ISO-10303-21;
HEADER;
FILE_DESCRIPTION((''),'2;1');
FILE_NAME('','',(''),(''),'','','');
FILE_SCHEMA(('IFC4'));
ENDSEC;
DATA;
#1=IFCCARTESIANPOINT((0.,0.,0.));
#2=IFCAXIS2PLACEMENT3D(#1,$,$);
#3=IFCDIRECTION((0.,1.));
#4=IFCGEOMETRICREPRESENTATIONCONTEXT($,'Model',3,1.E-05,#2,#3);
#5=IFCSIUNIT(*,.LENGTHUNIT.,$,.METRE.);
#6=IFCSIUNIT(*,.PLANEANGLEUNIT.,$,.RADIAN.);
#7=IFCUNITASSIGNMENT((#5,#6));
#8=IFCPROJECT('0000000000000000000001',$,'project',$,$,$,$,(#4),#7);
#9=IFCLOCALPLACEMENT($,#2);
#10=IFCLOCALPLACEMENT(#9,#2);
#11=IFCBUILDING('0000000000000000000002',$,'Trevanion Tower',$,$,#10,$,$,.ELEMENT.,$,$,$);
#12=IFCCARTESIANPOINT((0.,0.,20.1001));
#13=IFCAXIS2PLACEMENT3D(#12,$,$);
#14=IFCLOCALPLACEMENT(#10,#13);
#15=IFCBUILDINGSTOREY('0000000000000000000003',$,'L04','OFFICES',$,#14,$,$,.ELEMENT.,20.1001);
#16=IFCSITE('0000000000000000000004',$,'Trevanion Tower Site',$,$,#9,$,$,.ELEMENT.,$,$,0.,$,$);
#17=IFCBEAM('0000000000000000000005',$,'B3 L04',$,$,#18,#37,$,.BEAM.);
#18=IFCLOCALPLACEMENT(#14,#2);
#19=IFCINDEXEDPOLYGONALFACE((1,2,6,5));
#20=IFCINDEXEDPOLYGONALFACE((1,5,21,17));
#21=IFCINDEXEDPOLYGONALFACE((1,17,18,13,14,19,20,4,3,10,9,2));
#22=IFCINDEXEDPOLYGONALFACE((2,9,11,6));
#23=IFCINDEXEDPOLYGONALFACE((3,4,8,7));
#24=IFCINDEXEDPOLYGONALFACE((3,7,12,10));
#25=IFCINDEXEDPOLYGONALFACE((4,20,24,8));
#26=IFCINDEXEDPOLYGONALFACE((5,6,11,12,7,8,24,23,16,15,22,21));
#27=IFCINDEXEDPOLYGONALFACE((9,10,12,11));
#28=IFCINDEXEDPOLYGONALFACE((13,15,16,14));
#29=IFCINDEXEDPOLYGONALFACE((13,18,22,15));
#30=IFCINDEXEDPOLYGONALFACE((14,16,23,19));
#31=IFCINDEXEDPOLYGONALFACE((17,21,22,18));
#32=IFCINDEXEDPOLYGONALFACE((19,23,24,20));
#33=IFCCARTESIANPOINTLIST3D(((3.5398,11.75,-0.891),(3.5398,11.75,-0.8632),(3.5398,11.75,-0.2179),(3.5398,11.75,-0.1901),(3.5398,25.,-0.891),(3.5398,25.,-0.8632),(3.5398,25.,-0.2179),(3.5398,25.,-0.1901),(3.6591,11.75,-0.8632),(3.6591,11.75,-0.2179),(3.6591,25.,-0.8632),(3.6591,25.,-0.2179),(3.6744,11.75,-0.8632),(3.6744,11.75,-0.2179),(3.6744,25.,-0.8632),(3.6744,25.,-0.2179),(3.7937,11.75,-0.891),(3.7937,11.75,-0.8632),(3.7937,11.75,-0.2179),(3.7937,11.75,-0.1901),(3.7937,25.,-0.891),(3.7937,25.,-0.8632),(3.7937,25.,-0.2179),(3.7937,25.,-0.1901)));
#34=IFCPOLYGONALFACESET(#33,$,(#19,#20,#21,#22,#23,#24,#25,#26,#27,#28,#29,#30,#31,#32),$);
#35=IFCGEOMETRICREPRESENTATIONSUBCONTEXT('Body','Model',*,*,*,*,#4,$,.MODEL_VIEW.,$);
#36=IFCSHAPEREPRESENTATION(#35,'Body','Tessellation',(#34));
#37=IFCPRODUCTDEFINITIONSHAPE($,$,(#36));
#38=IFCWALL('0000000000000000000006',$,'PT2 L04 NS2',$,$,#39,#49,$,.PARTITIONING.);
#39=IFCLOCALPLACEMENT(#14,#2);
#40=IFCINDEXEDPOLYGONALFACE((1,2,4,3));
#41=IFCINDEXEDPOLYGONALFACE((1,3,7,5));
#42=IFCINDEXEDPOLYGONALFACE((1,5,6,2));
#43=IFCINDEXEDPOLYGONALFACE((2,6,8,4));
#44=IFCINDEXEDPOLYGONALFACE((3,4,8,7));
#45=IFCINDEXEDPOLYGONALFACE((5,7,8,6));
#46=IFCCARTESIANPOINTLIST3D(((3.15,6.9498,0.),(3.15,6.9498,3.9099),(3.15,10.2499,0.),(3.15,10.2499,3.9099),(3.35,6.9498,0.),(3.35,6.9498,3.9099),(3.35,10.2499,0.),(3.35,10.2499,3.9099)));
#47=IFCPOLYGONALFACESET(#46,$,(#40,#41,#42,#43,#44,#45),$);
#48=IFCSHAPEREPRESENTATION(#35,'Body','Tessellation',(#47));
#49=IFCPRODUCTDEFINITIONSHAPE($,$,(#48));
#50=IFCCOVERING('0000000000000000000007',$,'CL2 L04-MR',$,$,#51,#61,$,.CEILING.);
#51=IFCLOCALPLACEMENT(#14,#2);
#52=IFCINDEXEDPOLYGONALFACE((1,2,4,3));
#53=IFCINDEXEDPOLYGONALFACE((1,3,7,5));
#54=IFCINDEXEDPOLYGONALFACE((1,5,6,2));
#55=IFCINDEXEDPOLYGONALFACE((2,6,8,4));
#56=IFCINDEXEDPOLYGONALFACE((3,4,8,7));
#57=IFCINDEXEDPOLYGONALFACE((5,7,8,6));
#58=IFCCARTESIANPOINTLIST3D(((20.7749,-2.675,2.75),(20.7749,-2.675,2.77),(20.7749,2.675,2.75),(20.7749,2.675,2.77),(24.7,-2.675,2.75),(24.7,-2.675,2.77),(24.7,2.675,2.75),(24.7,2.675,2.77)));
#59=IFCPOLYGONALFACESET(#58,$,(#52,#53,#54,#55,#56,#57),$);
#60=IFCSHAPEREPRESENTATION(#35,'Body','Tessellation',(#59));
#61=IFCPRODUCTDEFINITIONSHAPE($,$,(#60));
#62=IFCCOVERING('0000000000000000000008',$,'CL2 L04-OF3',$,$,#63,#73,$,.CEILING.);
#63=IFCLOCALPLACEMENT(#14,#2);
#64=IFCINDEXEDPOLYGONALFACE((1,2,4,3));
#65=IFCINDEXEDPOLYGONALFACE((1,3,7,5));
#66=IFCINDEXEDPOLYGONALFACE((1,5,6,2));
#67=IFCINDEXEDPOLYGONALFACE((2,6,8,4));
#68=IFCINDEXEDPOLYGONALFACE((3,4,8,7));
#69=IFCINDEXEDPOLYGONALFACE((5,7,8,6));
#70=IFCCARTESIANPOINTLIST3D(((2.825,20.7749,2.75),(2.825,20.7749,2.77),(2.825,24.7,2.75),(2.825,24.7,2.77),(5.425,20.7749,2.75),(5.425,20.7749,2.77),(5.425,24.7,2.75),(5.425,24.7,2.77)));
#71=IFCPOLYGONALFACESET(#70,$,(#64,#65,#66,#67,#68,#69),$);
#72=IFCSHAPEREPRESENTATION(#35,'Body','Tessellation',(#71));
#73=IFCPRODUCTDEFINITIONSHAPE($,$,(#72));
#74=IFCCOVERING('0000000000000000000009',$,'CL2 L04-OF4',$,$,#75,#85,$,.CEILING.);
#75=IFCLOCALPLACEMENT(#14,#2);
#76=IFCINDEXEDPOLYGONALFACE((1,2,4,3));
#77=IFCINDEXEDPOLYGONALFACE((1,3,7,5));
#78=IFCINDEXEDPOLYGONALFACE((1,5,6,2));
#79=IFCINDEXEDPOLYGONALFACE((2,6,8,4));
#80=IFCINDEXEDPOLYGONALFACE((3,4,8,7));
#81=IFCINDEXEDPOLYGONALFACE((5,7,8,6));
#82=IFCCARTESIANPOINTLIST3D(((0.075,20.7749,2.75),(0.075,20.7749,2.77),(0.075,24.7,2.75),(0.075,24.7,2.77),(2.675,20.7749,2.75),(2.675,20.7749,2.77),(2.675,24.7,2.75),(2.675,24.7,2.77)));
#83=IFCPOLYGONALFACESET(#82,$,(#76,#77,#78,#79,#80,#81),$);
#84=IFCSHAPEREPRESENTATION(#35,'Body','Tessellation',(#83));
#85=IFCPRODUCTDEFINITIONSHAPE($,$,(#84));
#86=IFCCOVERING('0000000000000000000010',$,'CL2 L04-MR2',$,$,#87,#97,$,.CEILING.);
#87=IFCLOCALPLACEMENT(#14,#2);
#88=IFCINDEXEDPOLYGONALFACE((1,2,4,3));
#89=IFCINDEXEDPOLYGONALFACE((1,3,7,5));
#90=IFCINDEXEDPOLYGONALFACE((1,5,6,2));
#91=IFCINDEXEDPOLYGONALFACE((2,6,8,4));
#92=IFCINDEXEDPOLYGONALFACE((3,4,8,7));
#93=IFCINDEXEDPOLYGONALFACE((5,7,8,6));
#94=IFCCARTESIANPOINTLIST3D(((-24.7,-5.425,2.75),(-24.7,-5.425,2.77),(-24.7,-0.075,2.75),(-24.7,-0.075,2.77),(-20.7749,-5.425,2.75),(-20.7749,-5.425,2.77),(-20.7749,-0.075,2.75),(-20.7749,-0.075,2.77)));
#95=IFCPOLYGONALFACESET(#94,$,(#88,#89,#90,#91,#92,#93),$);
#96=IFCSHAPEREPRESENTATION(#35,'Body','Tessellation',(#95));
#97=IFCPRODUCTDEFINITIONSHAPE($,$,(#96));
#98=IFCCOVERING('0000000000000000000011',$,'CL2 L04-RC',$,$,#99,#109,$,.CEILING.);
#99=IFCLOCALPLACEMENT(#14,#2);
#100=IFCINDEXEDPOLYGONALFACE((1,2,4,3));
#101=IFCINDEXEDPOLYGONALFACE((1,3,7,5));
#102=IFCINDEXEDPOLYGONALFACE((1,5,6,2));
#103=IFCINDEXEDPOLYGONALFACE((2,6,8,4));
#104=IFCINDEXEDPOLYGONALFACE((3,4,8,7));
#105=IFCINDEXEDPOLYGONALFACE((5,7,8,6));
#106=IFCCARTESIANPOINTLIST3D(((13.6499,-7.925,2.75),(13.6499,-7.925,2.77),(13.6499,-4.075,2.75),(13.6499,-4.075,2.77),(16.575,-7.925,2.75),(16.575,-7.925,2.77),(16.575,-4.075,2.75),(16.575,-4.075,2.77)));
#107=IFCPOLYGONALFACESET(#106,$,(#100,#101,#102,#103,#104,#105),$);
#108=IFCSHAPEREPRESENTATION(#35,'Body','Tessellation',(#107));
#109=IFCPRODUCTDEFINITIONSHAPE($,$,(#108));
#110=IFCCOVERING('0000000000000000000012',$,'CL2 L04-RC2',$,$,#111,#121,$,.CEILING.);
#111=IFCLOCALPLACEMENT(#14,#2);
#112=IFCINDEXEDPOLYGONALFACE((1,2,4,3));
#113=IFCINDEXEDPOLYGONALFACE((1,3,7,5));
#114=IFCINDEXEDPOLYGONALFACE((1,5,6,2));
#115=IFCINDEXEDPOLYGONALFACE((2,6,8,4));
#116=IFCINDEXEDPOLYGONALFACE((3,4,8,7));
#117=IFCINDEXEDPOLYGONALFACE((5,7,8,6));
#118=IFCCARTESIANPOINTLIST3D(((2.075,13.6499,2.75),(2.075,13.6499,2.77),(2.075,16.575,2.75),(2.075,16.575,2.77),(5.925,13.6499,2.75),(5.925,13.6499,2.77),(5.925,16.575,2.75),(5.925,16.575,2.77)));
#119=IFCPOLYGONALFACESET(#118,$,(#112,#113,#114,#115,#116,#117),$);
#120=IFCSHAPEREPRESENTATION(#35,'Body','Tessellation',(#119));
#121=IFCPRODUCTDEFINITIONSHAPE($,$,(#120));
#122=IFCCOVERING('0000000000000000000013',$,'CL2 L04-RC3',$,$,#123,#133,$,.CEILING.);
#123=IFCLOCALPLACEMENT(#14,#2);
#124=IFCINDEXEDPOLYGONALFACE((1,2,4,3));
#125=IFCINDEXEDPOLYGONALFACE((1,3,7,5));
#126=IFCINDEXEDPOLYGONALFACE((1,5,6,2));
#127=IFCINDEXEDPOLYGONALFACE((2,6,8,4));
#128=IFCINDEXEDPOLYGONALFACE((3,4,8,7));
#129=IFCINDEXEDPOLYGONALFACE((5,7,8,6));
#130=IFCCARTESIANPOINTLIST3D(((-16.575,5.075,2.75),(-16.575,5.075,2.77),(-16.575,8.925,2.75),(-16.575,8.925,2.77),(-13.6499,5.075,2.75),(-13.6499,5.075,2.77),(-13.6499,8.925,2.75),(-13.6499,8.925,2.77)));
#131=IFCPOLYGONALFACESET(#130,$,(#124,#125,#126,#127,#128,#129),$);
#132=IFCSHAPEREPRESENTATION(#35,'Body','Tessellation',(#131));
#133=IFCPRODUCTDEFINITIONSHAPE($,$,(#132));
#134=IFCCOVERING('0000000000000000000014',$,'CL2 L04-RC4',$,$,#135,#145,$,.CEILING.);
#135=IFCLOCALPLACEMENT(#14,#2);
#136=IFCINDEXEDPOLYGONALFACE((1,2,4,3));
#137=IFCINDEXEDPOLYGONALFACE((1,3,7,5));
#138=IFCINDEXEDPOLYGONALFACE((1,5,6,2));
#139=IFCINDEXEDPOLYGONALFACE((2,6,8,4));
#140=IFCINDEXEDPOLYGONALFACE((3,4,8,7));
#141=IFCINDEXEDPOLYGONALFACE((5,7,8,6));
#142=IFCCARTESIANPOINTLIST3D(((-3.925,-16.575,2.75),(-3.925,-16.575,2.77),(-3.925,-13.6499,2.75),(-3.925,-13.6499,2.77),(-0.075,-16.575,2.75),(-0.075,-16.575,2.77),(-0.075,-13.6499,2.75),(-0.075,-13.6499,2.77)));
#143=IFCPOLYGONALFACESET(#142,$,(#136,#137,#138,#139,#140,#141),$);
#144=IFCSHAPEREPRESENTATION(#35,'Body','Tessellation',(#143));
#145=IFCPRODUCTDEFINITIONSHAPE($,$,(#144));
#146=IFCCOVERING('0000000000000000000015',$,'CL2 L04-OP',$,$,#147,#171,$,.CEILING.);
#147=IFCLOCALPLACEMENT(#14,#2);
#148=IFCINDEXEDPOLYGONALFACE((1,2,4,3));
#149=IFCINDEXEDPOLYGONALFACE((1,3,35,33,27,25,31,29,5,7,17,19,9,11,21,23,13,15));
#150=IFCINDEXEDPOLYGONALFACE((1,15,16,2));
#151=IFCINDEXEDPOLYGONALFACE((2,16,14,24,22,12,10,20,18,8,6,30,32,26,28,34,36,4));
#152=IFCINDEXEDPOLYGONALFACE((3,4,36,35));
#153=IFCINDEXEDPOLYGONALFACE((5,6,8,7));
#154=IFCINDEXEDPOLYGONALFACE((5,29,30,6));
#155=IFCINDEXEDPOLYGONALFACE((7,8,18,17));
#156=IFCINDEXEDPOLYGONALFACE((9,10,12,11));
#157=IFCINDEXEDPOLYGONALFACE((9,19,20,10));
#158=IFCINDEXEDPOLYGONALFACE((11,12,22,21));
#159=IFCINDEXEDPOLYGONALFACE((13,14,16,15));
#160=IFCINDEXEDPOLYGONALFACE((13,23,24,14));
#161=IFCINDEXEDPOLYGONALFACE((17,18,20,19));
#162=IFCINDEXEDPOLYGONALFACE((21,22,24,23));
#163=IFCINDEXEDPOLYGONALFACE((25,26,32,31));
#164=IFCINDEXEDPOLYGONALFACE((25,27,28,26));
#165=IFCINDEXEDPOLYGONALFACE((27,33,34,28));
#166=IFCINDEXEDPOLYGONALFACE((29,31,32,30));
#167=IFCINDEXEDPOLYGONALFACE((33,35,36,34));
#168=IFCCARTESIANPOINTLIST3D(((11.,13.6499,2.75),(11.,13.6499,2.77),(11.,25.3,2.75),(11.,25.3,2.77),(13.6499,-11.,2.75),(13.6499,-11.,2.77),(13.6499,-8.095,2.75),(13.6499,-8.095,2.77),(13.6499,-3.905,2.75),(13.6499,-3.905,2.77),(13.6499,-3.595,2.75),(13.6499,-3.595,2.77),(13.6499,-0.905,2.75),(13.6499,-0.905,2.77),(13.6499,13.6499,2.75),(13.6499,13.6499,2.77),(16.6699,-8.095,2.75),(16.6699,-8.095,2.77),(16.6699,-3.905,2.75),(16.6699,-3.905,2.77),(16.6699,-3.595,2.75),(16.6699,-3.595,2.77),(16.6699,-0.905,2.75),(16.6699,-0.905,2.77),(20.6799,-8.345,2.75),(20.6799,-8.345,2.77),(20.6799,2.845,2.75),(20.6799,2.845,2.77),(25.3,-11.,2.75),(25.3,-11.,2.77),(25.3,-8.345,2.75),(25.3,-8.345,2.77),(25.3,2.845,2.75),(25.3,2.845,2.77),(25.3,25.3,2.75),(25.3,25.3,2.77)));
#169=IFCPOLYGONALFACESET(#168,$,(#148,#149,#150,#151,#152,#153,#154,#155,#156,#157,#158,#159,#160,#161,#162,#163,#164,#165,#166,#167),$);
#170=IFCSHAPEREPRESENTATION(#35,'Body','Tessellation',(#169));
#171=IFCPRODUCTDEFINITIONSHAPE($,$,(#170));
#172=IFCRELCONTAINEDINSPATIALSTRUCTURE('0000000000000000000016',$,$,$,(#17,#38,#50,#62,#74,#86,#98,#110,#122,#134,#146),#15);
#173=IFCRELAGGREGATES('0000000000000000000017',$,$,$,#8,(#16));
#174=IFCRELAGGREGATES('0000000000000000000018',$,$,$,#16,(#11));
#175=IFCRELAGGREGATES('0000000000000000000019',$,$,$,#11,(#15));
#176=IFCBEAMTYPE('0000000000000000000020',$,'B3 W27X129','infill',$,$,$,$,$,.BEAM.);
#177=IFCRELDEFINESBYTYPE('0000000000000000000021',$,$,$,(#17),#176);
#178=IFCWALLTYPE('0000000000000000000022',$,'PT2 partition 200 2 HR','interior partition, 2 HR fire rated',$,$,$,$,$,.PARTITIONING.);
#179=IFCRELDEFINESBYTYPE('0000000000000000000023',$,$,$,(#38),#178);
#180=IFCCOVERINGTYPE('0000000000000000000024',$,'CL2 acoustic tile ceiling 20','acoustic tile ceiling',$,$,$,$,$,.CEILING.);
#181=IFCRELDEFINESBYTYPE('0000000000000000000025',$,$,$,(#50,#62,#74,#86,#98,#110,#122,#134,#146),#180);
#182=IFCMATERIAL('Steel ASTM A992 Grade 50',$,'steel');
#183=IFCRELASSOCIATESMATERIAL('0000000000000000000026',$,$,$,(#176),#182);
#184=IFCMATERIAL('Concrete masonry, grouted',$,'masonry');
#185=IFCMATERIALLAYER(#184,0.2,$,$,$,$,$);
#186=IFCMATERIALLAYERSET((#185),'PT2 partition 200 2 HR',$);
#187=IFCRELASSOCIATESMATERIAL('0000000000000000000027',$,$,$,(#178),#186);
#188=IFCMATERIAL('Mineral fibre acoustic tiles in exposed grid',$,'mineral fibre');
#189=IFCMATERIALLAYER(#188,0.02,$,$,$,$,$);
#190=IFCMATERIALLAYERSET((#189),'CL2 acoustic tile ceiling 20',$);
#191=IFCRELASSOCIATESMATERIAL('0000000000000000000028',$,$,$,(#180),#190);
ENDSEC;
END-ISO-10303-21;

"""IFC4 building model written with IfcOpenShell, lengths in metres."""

from ifc_helpers import new_model, si_unit, direction, frame, frame_2d, origin, origin_2d, place, context, subcontext, project, spatial, polyline, rectangle, i_section, outline, extrude, material, layer, layer_set, material_profile, profile_set, type_object, element, save


model = new_model("IFC4")

# Units and contexts
model_context = context("Model", 3, precision=1e-05, world=origin(), true_north=direction((0.0, 1.0)))
body_context = subcontext(model_context, "Body", "Model", "MODEL_VIEW")
ifc_project = project(units=[si_unit("LENGTHUNIT", "METRE"), si_unit("PLANEANGLEUNIT", "RADIAN")], contexts=[model_context])

# Site, building, storey
site_placement = place(None, origin())
site = spatial("IfcSite", under=ifc_project, at=site_placement, Name="Trevanion Tower Site", CompositionType="ELEMENT", RefElevation=0.0)
building_placement = place(site_placement, origin())
building = spatial("IfcBuilding", under=site, at=building_placement, Name="Trevanion Tower", CompositionType="ELEMENT")
storey_placement = place(building_placement, frame((0.0, 0.0, 20.1001)))
storey = spatial("IfcBuildingStorey", under=building, at=storey_placement, Name="L04", Description="OFFICES", CompositionType="ELEMENT", Elevation=20.1001)

# Beam
ifc_material_1 = material(Name="Steel ASTM A992 Grade 50", Category="steel")
ifc_material_profile = material_profile(ifc_material_1, i_section(OverallWidth=0.2539, OverallDepth=0.7009, WebThickness=0.0154, FlangeThickness=0.0278, at=origin_2d()), Name="W27X129")
ifc_profile_set = profile_set([ifc_material_profile], Name="Steel ASTM A992 Grade 50")
beam_type = type_object("IfcBeamType", Name="B3 W27X129", Description="infill", PredefinedType="BEAM", material=ifc_profile_set)
beam_placement = place(storey_placement, frame((3.6667, 11.75, -0.5405), z_axis=(0.0, 1.0, 0.0), x_axis=(-1.0, 0.0, 0.0)))
element("IfcBeam", 1, at=beam_placement, inside=storey, type_object=beam_type, Name="B3 L04", PredefinedType="BEAM", context=body_context, shape_type="SweptSolid", body=[
    extrude(i_section(OverallWidth=0.2539, OverallDepth=0.7009, WebThickness=0.0154, FlangeThickness=0.0278, at=origin_2d()), origin(), (0.0, 0.0, 1.0), 13.25),
])

# Wall
ifc_material_2 = material(Name="Concrete masonry, grouted", Category="masonry")
ifc_layer_1 = layer(ifc_material_2, 0.2)
ifc_layer_set_1 = layer_set([ifc_layer_1], Name="PT2 partition 200 2 HR")
wall_type = type_object("IfcWallType", Name="PT2 partition 200 2 HR", Description="interior partition, 2 HR fire rated", PredefinedType="PARTITIONING", material=ifc_layer_set_1)
wall_placement = place(storey_placement, frame((3.25, 6.95, 0.0), z_axis=(0.0, 0.0, 1.0), x_axis=(0.0, 1.0, 0.0)))
element("IfcWall", 2, at=wall_placement, inside=storey, type_object=wall_type, Name="PT2 L04 NS2", PredefinedType="PARTITIONING", context=body_context, shape_type="SweptSolid", body=[
    extrude(rectangle(XDim=3.3, YDim=0.2, at=frame_2d((1.6499, 0.0))), origin(), (0.0, 0.0, 1.0), 3.9099),
])

# Coverings
ifc_material_3 = material(Name="Mineral fibre acoustic tiles in exposed grid", Category="mineral fibre")
ifc_layer_2 = layer(ifc_material_3, 0.02)
ifc_layer_set_2 = layer_set([ifc_layer_2], Name="CL2 acoustic tile ceiling 20")
covering_type_1 = type_object("IfcCoveringType", Name="CL2 acoustic tile ceiling 20", Description="acoustic tile ceiling", PredefinedType="CEILING", material=ifc_layer_set_2)
covering_1_placement = place(storey_placement, frame((0.0, 0.0, 2.75)))
element("IfcCovering", 3, at=covering_1_placement, inside=storey, type_object=covering_type_1, Name="CL2 L04-MR", PredefinedType="CEILING", context=body_context, shape_type="SweptSolid", body=[
    extrude(outline(polyline([(20.7749, -2.675), (20.7749, 2.675), (24.7, 2.675), (24.7, -2.675), (20.7749, -2.675)])), origin(), (0.0, 0.0, 1.0), 0.02),
])
covering_2_placement = place(storey_placement, frame((0.0, 0.0, 2.75)))
element("IfcCovering", 4, at=covering_2_placement, inside=storey, type_object=covering_type_1, Name="CL2 L04-OF3", PredefinedType="CEILING", context=body_context, shape_type="SweptSolid", body=[
    extrude(outline(polyline([(5.425, 20.7749), (2.825, 20.7749), (2.825, 24.7), (5.425, 24.7), (5.425, 20.7749)])), origin(), (0.0, 0.0, 1.0), 0.02),
])
covering_3_placement = place(storey_placement, frame((0.0, 0.0, 2.75)))
element("IfcCovering", 5, at=covering_3_placement, inside=storey, type_object=covering_type_1, Name="CL2 L04-OF4", PredefinedType="CEILING", context=body_context, shape_type="SweptSolid", body=[
    extrude(outline(polyline([(2.675, 20.7749), (0.075, 20.7749), (0.075, 24.7), (2.675, 24.7), (2.675, 20.7749)])), origin(), (0.0, 0.0, 1.0), 0.02),
])
covering_4_placement = place(storey_placement, frame((0.0, 0.0, 2.75)))
element("IfcCovering", 6, at=covering_4_placement, inside=storey, type_object=covering_type_1, Name="CL2 L04-MR2", PredefinedType="CEILING", context=body_context, shape_type="SweptSolid", body=[
    extrude(outline(polyline([(-20.7749, -0.075), (-20.7749, -5.425), (-24.7, -5.425), (-24.7, -0.075), (-20.7749, -0.075)])), origin(), (0.0, 0.0, 1.0), 0.02),
])
covering_5_placement = place(storey_placement, frame((0.0, 0.0, 2.75)))
element("IfcCovering", 7, at=covering_5_placement, inside=storey, type_object=covering_type_1, Name="CL2 L04-RC", PredefinedType="CEILING", context=body_context, shape_type="SweptSolid", body=[
    extrude(outline(polyline([(13.6499, -7.925), (13.6499, -4.075), (16.575, -4.075), (16.575, -7.925), (13.6499, -7.925)])), origin(), (0.0, 0.0, 1.0), 0.02),
])
covering_6_placement = place(storey_placement, frame((0.0, 0.0, 2.75)))
element("IfcCovering", 8, at=covering_6_placement, inside=storey, type_object=covering_type_1, Name="CL2 L04-RC2", PredefinedType="CEILING", context=body_context, shape_type="SweptSolid", body=[
    extrude(outline(polyline([(5.925, 13.6499), (2.075, 13.6499), (2.075, 16.575), (5.925, 16.575), (5.925, 13.6499)])), origin(), (0.0, 0.0, 1.0), 0.02),
])
covering_7_placement = place(storey_placement, frame((0.0, 0.0, 2.75)))
element("IfcCovering", 9, at=covering_7_placement, inside=storey, type_object=covering_type_1, Name="CL2 L04-RC3", PredefinedType="CEILING", context=body_context, shape_type="SweptSolid", body=[
    extrude(outline(polyline([(-13.6499, 8.925), (-13.6499, 5.075), (-16.575, 5.075), (-16.575, 8.925), (-13.6499, 8.925)])), origin(), (0.0, 0.0, 1.0), 0.02),
])
covering_8_placement = place(storey_placement, frame((0.0, 0.0, 2.75)))
element("IfcCovering", 10, at=covering_8_placement, inside=storey, type_object=covering_type_1, Name="CL2 L04-RC4", PredefinedType="CEILING", context=body_context, shape_type="SweptSolid", body=[
    extrude(outline(polyline([(-3.925, -13.6499), (-0.075, -13.6499), (-0.075, -16.575), (-3.925, -16.575), (-3.925, -13.6499)])), origin(), (0.0, 0.0, 1.0), 0.02),
])
covering_9_placement = place(storey_placement, frame((0.0, 0.0, 2.75)))
element("IfcCovering", 11, at=covering_9_placement, inside=storey, type_object=covering_type_1, Name="CL2 L04-OP", PredefinedType="CEILING", context=body_context, shape_type="SweptSolid", body=[
    extrude(outline(polyline([(13.6499, -8.095), (16.6699, -8.095), (16.6699, -3.905), (13.6499, -3.905), (13.6499, -3.595), (16.6699, -3.595), (16.6699, -0.905), (13.6499, -0.905), (13.6499, 13.6499), (11.0, 13.6499), (11.0, 25.3), (25.3, 25.3), (25.3, 2.845), (20.6799, 2.845), (20.6799, -8.345), (25.3, -8.345), (25.3, -11.0), (13.6499, -11.0), (13.6499, -8.095)])), origin(), (0.0, 0.0, 1.0), 0.02),
])

save(model, "model.ifc")
